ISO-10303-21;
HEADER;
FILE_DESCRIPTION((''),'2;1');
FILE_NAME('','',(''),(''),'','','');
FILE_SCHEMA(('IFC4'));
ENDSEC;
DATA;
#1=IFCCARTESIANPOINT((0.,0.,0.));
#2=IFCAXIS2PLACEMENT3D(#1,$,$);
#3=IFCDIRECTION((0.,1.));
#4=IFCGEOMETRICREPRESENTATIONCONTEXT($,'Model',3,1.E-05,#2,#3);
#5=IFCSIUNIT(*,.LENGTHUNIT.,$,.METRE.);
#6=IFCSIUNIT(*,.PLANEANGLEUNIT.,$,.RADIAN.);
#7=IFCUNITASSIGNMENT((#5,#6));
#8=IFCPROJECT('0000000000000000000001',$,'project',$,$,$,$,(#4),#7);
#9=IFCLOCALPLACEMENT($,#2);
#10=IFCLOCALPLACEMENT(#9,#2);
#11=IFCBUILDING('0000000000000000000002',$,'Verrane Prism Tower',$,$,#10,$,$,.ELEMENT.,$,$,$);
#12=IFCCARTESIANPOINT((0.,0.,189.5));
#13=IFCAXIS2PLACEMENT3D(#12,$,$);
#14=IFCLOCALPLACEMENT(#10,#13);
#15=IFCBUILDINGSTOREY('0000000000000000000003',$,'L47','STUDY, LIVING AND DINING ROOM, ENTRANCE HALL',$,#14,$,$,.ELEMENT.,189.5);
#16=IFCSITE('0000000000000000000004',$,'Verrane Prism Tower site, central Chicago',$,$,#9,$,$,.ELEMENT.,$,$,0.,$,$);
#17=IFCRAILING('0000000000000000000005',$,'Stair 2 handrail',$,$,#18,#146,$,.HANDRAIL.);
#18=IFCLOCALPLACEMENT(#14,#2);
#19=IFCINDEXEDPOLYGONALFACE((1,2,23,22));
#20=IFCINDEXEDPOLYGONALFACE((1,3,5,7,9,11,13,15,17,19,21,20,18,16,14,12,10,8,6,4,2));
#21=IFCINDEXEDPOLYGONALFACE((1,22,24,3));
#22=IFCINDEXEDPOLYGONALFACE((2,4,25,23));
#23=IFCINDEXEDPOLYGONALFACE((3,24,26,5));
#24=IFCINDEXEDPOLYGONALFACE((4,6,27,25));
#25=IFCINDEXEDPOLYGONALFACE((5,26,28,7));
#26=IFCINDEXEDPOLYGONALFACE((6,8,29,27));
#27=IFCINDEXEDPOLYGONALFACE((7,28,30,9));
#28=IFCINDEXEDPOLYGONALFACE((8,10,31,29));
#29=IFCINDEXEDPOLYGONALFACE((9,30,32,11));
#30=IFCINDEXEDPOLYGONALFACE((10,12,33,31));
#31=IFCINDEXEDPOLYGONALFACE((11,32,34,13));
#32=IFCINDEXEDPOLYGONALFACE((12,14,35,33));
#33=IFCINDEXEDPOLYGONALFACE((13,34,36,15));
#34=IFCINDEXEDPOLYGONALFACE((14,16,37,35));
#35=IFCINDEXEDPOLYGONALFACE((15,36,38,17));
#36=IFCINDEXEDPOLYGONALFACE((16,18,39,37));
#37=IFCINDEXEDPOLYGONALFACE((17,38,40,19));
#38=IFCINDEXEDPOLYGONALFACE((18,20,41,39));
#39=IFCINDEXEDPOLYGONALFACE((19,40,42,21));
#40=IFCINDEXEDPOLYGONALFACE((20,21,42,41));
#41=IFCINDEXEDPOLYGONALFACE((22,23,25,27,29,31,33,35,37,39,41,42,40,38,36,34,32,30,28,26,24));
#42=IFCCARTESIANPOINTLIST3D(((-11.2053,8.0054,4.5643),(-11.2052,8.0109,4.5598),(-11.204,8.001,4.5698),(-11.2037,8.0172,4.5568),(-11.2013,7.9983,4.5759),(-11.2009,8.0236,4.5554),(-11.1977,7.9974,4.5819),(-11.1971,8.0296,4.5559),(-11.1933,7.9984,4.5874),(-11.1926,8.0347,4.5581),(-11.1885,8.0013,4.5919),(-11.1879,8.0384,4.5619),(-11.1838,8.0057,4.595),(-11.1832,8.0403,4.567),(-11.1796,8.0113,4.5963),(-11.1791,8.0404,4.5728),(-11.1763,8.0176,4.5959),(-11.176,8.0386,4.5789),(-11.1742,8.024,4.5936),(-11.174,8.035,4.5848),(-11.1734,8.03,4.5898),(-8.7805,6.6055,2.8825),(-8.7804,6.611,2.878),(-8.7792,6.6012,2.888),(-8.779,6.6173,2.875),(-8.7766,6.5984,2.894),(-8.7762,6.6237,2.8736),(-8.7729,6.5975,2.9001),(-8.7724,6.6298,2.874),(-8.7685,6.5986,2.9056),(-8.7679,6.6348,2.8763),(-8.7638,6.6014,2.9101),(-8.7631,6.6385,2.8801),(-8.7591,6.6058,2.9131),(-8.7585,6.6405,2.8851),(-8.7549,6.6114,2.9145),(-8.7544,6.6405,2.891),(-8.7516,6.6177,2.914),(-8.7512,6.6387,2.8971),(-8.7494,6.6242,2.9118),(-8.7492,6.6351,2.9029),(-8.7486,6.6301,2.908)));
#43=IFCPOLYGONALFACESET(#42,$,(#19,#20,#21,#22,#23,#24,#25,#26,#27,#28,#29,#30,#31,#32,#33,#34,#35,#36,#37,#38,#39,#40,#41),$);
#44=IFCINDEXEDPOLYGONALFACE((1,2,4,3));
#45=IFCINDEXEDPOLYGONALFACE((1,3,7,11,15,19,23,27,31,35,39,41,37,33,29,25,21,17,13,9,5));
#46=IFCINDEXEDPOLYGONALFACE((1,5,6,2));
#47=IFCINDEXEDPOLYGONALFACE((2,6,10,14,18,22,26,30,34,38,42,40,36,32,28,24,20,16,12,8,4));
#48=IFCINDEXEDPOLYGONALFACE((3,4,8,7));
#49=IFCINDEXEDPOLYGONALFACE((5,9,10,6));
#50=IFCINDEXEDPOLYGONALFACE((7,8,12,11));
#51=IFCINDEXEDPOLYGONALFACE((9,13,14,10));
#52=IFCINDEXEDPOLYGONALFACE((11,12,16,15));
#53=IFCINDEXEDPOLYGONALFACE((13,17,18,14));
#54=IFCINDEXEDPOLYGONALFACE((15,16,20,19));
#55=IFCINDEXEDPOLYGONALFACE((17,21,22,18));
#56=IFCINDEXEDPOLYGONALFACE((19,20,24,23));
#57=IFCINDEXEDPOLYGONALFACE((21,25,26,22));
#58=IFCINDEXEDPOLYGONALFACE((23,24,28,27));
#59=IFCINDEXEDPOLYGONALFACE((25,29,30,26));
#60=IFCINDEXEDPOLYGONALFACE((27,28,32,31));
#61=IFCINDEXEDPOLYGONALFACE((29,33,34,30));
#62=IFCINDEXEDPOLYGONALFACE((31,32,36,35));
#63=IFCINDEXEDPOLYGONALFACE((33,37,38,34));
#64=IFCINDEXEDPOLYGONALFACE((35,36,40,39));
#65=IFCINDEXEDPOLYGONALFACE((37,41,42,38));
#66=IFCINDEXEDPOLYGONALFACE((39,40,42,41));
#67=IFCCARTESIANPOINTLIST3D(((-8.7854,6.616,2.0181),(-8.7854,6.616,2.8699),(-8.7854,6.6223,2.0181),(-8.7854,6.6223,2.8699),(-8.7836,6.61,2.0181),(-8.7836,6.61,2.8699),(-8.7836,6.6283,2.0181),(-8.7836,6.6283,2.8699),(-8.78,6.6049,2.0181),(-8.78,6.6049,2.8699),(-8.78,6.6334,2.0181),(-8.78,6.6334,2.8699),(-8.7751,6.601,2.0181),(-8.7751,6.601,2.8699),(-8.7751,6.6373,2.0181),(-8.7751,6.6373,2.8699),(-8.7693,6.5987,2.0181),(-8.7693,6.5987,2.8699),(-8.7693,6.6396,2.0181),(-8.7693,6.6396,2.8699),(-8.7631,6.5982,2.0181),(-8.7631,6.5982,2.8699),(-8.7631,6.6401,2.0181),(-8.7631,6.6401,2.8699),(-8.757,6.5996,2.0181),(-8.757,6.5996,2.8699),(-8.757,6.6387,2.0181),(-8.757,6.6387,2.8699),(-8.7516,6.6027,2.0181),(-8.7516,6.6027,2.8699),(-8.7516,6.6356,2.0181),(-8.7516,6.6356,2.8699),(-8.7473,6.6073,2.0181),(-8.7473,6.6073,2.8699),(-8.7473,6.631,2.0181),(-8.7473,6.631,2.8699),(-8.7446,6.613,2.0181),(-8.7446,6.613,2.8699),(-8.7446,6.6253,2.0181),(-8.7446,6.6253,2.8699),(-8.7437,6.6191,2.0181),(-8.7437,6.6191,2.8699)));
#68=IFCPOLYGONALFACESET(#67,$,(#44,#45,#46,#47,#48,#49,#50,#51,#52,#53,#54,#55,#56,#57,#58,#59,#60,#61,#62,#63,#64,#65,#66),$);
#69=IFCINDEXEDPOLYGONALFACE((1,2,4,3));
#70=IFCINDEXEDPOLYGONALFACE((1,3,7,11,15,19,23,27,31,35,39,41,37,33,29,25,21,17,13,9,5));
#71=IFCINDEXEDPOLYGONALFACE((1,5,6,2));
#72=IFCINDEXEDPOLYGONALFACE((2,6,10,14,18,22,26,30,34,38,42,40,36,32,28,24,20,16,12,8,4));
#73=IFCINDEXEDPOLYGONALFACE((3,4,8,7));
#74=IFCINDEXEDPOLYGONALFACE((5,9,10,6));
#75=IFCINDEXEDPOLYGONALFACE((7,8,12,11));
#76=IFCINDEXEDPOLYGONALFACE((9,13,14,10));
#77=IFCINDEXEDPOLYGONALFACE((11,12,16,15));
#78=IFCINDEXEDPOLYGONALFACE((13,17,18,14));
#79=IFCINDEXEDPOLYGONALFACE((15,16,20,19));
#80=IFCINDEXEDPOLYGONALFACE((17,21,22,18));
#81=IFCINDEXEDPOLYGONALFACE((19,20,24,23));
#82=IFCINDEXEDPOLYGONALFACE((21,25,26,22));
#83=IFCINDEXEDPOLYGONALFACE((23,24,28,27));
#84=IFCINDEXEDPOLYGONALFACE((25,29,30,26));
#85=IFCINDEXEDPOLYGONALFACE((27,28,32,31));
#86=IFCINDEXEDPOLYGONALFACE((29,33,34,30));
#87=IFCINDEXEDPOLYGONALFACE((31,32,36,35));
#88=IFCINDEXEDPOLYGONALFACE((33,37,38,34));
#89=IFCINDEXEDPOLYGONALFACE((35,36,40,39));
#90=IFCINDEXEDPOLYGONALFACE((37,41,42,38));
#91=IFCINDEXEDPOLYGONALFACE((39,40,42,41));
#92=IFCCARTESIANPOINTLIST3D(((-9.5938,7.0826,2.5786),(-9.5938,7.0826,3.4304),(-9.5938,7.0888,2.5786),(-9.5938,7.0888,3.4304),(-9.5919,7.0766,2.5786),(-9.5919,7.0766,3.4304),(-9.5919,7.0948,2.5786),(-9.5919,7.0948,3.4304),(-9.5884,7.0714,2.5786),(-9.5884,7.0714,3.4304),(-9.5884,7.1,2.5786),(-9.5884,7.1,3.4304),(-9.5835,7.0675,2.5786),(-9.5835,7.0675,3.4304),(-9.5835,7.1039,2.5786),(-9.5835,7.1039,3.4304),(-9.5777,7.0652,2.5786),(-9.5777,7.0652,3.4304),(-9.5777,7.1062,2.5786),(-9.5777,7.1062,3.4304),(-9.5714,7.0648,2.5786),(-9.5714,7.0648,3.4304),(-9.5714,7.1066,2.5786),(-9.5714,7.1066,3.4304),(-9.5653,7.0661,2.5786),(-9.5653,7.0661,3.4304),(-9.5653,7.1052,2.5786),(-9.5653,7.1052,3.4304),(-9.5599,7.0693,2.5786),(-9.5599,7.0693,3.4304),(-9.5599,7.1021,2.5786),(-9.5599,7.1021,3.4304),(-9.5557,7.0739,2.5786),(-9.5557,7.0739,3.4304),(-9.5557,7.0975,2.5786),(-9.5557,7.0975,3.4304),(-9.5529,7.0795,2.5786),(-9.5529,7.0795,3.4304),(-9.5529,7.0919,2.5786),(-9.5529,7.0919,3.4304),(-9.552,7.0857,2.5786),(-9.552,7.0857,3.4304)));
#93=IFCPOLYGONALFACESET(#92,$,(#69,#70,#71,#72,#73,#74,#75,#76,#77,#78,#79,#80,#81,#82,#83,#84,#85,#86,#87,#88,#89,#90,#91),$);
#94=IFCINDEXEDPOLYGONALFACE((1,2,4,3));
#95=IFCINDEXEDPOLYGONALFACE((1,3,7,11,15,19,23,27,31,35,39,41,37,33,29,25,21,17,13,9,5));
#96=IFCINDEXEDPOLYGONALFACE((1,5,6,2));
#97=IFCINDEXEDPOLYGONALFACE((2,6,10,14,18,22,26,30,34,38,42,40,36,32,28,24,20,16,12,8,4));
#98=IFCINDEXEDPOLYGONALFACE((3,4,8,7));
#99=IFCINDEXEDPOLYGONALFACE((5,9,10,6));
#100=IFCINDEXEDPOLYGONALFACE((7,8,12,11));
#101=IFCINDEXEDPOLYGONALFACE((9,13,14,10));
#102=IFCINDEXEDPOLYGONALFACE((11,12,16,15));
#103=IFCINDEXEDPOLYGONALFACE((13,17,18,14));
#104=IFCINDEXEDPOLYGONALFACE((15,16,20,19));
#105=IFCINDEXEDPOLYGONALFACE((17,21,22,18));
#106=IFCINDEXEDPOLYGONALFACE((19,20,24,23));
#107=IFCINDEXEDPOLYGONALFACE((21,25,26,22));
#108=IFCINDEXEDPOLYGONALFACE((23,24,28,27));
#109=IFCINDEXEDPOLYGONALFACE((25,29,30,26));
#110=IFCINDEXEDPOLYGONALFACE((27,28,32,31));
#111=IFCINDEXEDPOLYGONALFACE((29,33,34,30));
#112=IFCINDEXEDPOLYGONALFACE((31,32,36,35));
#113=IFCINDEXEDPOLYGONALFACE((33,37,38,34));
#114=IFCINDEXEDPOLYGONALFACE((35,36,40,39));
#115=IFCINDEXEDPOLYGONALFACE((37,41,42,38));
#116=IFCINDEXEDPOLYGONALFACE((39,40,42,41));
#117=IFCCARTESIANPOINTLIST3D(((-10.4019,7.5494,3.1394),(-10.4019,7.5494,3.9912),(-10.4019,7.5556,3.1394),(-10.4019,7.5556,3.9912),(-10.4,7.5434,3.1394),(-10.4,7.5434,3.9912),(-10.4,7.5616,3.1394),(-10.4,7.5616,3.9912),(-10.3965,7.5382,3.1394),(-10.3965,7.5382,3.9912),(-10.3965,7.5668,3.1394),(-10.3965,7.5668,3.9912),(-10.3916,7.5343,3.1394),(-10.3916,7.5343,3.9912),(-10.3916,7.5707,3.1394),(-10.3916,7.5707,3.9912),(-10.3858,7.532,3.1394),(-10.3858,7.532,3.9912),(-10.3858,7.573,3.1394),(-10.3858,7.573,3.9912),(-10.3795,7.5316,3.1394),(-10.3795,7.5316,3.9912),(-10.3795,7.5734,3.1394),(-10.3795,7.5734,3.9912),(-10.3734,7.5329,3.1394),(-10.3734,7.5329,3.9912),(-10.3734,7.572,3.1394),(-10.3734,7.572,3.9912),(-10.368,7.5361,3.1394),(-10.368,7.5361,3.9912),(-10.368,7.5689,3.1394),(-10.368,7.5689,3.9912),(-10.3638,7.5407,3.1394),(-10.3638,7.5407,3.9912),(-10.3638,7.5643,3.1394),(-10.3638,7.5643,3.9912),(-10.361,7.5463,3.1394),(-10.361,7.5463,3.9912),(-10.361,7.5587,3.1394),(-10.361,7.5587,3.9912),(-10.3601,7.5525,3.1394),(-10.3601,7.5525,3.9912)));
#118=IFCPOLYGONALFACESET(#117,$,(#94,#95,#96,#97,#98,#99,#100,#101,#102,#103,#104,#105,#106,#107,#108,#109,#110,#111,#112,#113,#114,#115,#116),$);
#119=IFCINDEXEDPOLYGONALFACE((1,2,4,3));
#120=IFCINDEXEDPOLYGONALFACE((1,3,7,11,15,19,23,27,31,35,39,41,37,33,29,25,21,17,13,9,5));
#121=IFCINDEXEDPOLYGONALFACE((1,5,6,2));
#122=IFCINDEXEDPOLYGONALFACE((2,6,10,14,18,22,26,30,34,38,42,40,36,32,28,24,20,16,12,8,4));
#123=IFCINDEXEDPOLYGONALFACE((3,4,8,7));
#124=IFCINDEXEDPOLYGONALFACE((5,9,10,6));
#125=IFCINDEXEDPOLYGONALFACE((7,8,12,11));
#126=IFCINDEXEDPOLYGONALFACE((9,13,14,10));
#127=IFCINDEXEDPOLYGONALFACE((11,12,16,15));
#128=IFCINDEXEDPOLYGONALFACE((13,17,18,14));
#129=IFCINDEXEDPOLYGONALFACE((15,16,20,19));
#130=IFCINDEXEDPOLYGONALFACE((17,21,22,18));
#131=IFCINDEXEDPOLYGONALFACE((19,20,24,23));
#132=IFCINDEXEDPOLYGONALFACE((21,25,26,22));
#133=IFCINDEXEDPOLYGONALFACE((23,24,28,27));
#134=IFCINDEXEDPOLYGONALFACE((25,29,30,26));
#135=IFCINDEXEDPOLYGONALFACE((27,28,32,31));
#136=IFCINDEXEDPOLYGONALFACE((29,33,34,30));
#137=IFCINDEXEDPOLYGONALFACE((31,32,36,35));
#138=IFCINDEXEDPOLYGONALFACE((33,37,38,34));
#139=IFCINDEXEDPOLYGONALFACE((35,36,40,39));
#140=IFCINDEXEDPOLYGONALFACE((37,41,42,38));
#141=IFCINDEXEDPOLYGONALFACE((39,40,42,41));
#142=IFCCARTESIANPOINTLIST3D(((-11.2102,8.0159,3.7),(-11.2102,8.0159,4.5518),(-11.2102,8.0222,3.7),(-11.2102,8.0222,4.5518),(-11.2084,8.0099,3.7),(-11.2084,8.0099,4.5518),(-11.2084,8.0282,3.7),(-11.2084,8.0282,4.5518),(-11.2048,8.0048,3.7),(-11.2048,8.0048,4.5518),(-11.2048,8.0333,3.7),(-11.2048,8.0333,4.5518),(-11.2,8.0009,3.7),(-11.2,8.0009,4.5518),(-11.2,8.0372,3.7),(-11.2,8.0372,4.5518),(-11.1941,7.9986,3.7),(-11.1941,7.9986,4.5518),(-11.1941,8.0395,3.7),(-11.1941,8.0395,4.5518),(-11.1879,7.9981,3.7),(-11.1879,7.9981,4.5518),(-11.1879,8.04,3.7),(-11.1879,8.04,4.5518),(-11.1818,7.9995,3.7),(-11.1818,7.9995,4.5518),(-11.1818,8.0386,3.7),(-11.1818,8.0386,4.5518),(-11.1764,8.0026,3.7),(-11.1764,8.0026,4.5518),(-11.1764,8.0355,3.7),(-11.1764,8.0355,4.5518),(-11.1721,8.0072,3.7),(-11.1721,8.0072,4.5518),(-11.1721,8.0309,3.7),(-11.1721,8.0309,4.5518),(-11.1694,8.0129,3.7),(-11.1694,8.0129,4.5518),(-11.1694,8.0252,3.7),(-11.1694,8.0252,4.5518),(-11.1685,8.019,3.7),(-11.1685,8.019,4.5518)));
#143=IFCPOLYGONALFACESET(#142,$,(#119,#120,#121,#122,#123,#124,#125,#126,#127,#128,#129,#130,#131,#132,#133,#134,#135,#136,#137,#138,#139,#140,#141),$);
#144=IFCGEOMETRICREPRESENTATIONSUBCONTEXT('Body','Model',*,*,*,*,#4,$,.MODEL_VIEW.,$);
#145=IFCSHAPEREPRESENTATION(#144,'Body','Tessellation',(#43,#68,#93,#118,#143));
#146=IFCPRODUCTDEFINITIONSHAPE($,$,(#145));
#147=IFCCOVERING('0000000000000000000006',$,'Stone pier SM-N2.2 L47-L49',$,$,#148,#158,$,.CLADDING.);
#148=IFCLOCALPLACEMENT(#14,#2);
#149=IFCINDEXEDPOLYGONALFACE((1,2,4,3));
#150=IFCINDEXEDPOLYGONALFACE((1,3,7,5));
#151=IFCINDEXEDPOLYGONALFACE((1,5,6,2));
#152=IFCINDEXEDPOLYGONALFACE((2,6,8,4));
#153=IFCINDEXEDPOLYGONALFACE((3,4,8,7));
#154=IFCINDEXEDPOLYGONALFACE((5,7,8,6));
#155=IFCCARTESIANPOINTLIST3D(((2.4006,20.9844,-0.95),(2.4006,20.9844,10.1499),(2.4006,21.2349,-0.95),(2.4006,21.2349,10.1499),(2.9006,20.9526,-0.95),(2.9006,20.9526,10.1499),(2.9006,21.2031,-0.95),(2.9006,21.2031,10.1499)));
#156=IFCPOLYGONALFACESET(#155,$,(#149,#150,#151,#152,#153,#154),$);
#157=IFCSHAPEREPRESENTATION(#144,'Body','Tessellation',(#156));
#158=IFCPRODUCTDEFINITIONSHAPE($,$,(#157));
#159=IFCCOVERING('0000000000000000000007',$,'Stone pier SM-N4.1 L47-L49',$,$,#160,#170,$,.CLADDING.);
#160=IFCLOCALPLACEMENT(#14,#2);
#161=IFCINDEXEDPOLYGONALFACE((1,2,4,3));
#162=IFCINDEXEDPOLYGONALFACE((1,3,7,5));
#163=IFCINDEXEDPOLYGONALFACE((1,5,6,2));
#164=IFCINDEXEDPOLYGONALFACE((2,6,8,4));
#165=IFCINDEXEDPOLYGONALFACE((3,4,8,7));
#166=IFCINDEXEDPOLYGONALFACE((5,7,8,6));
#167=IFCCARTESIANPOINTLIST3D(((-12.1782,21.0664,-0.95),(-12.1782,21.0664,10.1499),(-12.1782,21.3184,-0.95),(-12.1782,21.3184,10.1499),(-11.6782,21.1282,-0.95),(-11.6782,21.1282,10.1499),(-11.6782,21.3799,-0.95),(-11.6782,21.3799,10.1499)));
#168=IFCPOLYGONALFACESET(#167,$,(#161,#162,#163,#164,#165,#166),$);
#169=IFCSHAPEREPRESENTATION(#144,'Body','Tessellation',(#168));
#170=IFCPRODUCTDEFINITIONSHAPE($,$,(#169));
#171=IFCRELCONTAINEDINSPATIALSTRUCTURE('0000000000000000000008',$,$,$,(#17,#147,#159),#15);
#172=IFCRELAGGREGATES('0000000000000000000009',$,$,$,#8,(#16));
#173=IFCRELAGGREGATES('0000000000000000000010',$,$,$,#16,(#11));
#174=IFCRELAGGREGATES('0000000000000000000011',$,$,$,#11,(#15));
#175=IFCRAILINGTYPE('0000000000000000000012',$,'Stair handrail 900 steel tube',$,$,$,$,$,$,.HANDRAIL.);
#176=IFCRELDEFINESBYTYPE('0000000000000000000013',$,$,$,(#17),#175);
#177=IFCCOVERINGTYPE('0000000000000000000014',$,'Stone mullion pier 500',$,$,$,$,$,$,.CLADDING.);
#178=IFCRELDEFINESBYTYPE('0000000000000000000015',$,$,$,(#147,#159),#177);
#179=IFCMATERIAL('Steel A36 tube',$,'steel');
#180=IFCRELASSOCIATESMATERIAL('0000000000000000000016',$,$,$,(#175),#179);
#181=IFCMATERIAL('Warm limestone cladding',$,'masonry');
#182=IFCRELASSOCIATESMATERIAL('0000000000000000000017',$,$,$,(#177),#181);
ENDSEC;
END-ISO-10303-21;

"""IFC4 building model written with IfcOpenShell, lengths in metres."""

from ifc_helpers import new_model, si_unit, direction, frame, origin, origin_2d, place, context, subcontext, project, spatial, polyline, circle, outline, extrude, material, type_object, element, save


model = new_model("IFC4")

# Units and contexts
model_context = context("Model", 3, precision=1e-05, world=origin(), true_north=direction((0.0, 1.0)))
body_context = subcontext(model_context, "Body", "Model", "MODEL_VIEW")
ifc_project = project(units=[si_unit("LENGTHUNIT", "METRE"), si_unit("PLANEANGLEUNIT", "RADIAN")], contexts=[model_context])

# Site, building, storey
site_placement = place(None, origin())
site = spatial("IfcSite", under=ifc_project, at=site_placement, Name="Verrane Prism Tower site, central Chicago", CompositionType="ELEMENT", RefElevation=0.0)
building_placement = place(site_placement, origin())
building = spatial("IfcBuilding", under=site, at=building_placement, Name="Verrane Prism Tower", CompositionType="ELEMENT")
storey_placement = place(building_placement, frame((0.0, 0.0, 189.5)))
storey = spatial("IfcBuildingStorey", under=building, at=storey_placement, Name="L47", Description="STUDY, LIVING AND DINING ROOM, ENTRANCE HALL", CompositionType="ELEMENT", Elevation=189.5)

# Railing
ifc_material_1 = material(Name="Steel A36 tube", Category="steel")
railing_type_1 = type_object("IfcRailingType", Name="Stair handrail 900 steel tube", PredefinedType="HANDRAIL", material=ifc_material_1)
railing_1_placement = place(storey_placement, frame((-8.7646, 6.6191, 2.0181)))
element("IfcRailing", 1, at=railing_1_placement, inside=storey, type_object=railing_type_1, Name="Stair 2 handrail", PredefinedType="HANDRAIL", context=body_context, shape_type="SweptSolid", body=[
    extrude(circle(Radius=0.0239, at=origin_2d()), frame((0.0, 0.0, 0.876), z_axis=(-0.74239, 0.428601, 0.514934), x_axis=(-0.499984, -0.866035, 0.0)), (0.0, 0.0, 1.0), 3.2661),
    extrude(circle(Radius=0.021, at=origin_2d()), origin(), (0.0, 0.0, 1.0), 0.8518),
    extrude(circle(Radius=0.021, at=origin_2d()), frame((-0.8083, 0.4666, 0.5605)), (0.0, 0.0, 1.0), 0.8518),
    extrude(circle(Radius=0.021, at=origin_2d()), frame((-1.6165, 0.9333, 1.1213)), (0.0, 0.0, 1.0), 0.8518),
    extrude(circle(Radius=0.021, at=origin_2d()), frame((-2.4248, 1.3999, 1.6819)), (0.0, 0.0, 1.0), 0.8518),
])

# Coverings
ifc_material_2 = material(Name="Warm limestone cladding", Category="masonry")
covering_type = type_object("IfcCoveringType", Name="Stone mullion pier 500", PredefinedType="CLADDING", material=ifc_material_2)
covering_1_placement = place(storey_placement, frame((0.0, 0.0, -0.95)))
element("IfcCovering", 2, at=covering_1_placement, inside=storey, type_object=covering_type, Name="Stone pier SM-N2.2 L47-L49", PredefinedType="CLADDING", context=body_context, shape_type="SweptSolid", body=[
    extrude(outline(polyline([(2.4006, 20.9844), (2.9006, 20.9526), (2.9006, 21.2031), (2.4006, 21.2349), (2.4006, 20.9844)])), origin(), (0.0, 0.0, 1.0), 11.0999),
])
covering_2_placement = place(storey_placement, frame((0.0, 0.0, -0.95)))
element("IfcCovering", 3, at=covering_2_placement, inside=storey, type_object=covering_type, Name="Stone pier SM-N4.1 L47-L49", PredefinedType="CLADDING", context=body_context, shape_type="SweptSolid", body=[
    extrude(outline(polyline([(-12.1782, 21.0664), (-11.6782, 21.1282), (-11.6782, 21.3799), (-12.1782, 21.3184), (-12.1782, 21.0664)])), origin(), (0.0, 0.0, 1.0), 11.0999),
])

save(model, "model.ifc")
